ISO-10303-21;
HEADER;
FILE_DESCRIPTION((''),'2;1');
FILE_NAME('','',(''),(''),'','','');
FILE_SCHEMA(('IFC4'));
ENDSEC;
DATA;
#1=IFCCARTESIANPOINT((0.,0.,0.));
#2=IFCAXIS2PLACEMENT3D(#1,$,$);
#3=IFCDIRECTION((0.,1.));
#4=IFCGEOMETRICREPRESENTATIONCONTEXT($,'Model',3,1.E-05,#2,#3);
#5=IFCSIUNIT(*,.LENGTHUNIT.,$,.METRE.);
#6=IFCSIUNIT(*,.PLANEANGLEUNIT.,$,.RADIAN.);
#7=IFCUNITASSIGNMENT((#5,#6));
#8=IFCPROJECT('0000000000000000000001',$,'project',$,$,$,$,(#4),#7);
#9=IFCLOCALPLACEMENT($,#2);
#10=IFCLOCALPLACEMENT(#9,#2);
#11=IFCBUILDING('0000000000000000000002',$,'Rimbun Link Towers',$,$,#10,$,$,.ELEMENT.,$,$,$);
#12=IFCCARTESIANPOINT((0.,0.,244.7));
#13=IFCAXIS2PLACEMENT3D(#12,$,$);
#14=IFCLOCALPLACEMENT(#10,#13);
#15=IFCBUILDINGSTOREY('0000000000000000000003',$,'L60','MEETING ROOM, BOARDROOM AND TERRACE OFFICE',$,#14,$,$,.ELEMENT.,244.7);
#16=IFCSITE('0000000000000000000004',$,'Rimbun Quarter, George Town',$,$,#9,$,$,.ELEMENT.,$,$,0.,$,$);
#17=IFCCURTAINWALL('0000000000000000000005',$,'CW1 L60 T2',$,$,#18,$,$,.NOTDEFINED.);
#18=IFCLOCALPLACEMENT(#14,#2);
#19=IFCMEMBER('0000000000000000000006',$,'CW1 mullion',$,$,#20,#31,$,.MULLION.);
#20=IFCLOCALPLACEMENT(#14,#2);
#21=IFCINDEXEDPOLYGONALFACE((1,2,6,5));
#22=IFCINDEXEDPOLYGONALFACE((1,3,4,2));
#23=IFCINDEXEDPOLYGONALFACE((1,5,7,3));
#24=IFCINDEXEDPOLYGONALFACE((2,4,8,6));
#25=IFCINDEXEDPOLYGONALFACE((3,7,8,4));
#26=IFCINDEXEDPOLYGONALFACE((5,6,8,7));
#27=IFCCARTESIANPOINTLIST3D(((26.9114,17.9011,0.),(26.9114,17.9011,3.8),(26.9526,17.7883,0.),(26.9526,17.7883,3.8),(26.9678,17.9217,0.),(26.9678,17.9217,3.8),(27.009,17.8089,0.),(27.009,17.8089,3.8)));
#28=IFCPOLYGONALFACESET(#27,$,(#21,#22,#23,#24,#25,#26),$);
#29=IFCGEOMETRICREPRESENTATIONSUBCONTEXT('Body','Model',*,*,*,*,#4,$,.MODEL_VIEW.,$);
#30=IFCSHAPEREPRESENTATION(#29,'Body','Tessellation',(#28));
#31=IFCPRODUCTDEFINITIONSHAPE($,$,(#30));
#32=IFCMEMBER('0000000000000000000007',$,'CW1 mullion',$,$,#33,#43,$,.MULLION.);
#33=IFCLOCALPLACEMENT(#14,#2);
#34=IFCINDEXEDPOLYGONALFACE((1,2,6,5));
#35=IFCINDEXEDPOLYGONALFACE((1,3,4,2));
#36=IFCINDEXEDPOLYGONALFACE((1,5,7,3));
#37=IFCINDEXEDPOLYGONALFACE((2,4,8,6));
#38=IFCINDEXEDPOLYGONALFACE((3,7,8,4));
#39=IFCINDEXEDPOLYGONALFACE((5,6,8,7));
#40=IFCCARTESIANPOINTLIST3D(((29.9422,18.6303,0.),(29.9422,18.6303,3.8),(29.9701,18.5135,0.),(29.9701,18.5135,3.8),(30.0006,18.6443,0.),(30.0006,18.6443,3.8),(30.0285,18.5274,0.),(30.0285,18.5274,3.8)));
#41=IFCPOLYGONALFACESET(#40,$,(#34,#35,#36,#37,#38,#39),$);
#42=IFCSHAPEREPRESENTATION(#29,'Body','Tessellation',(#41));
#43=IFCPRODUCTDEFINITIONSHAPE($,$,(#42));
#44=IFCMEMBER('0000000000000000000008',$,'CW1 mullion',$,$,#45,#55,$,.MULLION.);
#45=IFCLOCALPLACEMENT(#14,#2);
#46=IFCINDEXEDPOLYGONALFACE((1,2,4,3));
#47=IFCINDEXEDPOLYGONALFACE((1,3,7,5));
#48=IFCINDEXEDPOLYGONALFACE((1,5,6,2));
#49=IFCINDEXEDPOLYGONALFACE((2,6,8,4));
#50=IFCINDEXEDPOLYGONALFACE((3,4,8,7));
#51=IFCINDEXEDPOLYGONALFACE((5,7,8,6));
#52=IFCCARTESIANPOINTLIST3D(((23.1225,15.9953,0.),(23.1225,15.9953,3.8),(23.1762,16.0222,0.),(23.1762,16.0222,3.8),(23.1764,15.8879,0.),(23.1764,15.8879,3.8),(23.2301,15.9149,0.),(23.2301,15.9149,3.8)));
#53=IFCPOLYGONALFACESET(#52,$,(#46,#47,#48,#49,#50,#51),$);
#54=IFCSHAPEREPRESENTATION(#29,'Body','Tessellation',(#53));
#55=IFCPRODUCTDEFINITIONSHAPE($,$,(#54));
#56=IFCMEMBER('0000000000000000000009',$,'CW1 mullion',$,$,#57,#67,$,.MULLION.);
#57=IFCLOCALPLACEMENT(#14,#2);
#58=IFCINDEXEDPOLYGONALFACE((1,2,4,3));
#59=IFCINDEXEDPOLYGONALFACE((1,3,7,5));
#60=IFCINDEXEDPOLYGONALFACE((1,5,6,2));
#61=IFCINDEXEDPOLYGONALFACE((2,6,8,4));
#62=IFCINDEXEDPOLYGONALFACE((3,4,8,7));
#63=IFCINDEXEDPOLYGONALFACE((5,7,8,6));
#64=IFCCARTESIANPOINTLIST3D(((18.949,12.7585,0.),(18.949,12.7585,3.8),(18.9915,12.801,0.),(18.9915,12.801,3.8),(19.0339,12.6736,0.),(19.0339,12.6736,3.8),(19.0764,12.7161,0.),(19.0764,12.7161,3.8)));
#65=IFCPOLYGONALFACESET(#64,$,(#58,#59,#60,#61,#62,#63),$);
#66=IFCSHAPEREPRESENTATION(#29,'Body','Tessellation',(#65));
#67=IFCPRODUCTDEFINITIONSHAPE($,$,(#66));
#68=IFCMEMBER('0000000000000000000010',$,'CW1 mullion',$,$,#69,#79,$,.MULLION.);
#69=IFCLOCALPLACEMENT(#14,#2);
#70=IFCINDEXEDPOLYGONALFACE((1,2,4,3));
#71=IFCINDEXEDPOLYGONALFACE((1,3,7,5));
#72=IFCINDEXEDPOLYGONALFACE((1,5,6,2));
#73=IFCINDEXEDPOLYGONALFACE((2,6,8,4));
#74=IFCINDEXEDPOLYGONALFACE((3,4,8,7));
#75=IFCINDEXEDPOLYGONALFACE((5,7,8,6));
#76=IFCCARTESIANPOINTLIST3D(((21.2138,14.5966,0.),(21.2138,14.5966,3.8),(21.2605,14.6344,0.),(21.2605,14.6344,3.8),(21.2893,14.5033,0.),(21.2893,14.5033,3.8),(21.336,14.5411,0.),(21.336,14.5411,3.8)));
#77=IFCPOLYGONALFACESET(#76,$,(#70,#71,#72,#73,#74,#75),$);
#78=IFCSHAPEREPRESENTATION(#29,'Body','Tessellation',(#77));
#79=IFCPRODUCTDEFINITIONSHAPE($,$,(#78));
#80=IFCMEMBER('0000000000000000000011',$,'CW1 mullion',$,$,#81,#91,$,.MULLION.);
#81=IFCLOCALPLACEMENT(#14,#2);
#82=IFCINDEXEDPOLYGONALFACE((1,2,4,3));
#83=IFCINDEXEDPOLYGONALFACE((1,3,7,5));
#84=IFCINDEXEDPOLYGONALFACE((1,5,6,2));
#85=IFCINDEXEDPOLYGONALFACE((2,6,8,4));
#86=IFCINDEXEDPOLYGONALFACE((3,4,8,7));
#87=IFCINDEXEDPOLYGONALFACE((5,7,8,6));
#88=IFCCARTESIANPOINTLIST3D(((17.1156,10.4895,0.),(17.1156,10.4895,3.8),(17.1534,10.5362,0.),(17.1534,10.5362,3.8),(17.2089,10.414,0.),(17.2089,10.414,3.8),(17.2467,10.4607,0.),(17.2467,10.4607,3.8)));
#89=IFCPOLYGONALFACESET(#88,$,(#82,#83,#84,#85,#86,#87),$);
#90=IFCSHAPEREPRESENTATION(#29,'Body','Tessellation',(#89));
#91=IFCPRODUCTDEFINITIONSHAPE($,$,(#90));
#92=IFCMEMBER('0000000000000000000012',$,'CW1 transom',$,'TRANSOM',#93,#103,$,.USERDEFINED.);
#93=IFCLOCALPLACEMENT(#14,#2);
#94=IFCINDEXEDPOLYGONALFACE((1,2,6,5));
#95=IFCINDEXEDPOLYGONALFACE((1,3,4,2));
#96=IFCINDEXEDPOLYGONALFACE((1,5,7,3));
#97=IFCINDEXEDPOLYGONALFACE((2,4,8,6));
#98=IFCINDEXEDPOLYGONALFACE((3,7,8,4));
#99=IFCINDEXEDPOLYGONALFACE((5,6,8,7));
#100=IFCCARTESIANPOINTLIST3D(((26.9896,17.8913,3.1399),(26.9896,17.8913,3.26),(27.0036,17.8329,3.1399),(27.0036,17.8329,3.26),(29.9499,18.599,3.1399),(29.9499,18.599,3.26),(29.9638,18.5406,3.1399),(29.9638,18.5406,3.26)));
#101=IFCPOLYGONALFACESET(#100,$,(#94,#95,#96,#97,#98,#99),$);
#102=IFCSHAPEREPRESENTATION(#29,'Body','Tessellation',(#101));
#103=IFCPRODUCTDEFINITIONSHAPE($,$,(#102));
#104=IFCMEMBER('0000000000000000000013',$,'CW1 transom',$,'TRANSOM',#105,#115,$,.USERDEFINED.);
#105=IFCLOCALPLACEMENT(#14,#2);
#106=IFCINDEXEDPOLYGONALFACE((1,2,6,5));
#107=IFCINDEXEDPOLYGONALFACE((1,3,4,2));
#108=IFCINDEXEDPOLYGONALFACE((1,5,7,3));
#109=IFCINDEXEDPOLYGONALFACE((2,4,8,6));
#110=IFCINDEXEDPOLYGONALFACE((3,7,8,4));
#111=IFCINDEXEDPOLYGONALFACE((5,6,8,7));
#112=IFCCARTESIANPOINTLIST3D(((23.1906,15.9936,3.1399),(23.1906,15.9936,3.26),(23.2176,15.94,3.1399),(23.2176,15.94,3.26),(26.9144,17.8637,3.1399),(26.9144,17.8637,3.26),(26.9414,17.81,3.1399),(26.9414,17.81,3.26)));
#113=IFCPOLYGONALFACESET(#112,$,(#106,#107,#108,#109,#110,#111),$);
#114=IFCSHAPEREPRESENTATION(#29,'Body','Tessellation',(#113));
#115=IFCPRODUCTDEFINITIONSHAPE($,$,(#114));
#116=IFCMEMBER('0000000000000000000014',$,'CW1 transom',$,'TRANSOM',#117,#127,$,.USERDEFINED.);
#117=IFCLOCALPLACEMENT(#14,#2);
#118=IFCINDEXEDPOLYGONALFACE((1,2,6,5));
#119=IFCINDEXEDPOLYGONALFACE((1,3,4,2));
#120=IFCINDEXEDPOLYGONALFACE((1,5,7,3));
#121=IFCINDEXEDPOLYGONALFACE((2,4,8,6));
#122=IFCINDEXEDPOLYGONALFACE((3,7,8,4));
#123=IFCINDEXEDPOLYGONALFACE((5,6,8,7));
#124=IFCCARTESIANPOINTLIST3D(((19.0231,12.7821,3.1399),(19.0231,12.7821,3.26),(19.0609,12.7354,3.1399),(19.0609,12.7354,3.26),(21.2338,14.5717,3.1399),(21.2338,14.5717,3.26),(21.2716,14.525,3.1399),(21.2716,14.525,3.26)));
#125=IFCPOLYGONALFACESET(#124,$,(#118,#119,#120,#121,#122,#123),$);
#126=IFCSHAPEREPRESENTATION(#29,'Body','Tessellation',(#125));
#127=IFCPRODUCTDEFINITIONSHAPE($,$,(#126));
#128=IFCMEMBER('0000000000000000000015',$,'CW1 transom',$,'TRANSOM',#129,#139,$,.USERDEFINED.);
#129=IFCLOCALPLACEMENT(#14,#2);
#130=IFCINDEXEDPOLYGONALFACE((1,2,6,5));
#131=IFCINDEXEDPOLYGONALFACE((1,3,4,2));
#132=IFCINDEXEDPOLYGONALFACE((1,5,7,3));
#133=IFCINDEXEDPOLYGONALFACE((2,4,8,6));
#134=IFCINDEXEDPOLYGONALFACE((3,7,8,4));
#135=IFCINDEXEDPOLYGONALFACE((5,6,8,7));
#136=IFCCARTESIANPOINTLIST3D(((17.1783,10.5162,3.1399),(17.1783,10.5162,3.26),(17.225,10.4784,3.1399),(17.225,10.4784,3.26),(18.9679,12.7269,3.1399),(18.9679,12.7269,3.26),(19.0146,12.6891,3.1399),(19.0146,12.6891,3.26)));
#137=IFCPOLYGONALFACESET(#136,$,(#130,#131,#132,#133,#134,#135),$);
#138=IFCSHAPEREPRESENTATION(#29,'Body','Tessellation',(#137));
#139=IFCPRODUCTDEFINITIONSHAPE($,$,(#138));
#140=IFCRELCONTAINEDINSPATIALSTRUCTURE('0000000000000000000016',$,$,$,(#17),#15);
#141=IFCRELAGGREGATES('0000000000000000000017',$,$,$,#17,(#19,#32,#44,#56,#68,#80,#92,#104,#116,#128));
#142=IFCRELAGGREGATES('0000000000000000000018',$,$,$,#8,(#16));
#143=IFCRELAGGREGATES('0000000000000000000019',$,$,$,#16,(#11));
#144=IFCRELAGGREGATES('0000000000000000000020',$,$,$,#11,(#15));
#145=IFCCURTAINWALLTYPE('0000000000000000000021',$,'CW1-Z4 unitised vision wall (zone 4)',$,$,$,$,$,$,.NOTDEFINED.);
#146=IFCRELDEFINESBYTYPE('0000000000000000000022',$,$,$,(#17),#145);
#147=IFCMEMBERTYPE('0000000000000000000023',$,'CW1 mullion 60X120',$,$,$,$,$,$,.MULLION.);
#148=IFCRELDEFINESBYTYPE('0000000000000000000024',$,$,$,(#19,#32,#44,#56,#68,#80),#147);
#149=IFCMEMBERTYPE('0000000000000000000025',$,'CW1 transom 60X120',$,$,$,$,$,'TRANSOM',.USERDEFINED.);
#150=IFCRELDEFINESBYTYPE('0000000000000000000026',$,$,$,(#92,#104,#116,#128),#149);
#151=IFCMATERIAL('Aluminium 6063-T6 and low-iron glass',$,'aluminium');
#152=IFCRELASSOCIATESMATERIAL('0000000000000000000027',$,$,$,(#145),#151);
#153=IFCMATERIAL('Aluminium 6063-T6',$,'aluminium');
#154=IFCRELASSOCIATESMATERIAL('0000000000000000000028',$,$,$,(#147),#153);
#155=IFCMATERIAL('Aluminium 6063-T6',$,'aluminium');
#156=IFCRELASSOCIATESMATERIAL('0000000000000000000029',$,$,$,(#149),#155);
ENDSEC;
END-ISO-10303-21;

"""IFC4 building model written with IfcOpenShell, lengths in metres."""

from ifc_helpers import new_model, si_unit, direction, frame, origin, origin_2d, place, context, subcontext, project, spatial, rectangle, extrude, material, material_profile, profile_set, type_object, element, aggregate, save


model = new_model("IFC4")

# Units and contexts
model_context = context("Model", 3, precision=1e-05, world=origin(), true_north=direction((0.0, 1.0)))
body_context = subcontext(model_context, "Body", "Model", "MODEL_VIEW")
ifc_project = project(units=[si_unit("LENGTHUNIT", "METRE"), si_unit("PLANEANGLEUNIT", "RADIAN")], contexts=[model_context])

# Site, building, storey
site_placement = place(None, origin())
site = spatial("IfcSite", under=ifc_project, at=site_placement, Name="Rimbun Quarter, George Town", CompositionType="ELEMENT", RefElevation=0.0)
building_placement = place(site_placement, origin())
building = spatial("IfcBuilding", under=site, at=building_placement, Name="Rimbun Link Towers", CompositionType="ELEMENT")
storey_placement = place(building_placement, frame((0.0, 0.0, 244.7)))
storey = spatial("IfcBuildingStorey", under=building, at=storey_placement, Name="L60", Description="MEETING ROOM, BOARDROOM AND TERRACE OFFICE", CompositionType="ELEMENT", Elevation=244.7)

# Curtain wall, members
ifc_material_1 = material(Name="Aluminium 6063-T6 and low-iron glass", Category="aluminium")
curtain_wall_type = type_object("IfcCurtainWallType", Name="CW1-Z4 unitised vision wall (zone 4)", PredefinedType="NOTDEFINED", material=ifc_material_1)
curtain_wall_placement = place(storey_placement, origin())
curtain_wall = element("IfcCurtainWall", 1, at=curtain_wall_placement, inside=storey, type_object=curtain_wall_type, Name="CW1 L60 T2", PredefinedType="NOTDEFINED")
ifc_material_2 = material(Name="Aluminium 6063-T6", Category="aluminium")
ifc_material_profile_1 = material_profile(ifc_material_2, rectangle(XDim=0.1201, YDim=0.0601, at=origin_2d()), Name="MULLION 60X120")
ifc_profile_set_1 = profile_set([ifc_material_profile_1], Name="Aluminium 6063-T6")
member_type_1 = type_object("IfcMemberType", Name="CW1 mullion 60X120", PredefinedType="MULLION", material=ifc_profile_set_1)
member_1_placement = place(storey_placement, frame((26.9602, 17.855, 0.0), z_axis=(0.0, 0.0, 1.0), x_axis=(-0.342965, 0.939348, 0.0)))
member_1 = element("IfcMember", 2, at=member_1_placement, type_object=member_type_1, Name="CW1 mullion", PredefinedType="MULLION", context=body_context, shape_type="SweptSolid", body=[
    extrude(rectangle(XDim=0.1201, YDim=0.0601, at=origin_2d()), origin(), (0.0, 0.0, 1.0), 3.8),
])
member_2_placement = place(storey_placement, frame((29.9854, 18.5789, 0.0), z_axis=(0.0, 0.0, 1.0), x_axis=(-0.232605, 0.972571, 0.0)))
member_2 = element("IfcMember", 3, at=member_2_placement, type_object=member_type_1, Name="CW1 mullion", PredefinedType="MULLION", context=body_context, shape_type="SweptSolid", body=[
    extrude(rectangle(XDim=0.1201, YDim=0.0601, at=origin_2d()), origin(), (0.0, 0.0, 1.0), 3.8),
])
member_3_placement = place(storey_placement, frame((23.1763, 15.9551, 0.0), z_axis=(0.0, 0.0, 1.0), x_axis=(-0.44877, 0.893647, 0.0)))
member_3 = element("IfcMember", 4, at=member_3_placement, type_object=member_type_1, Name="CW1 mullion", PredefinedType="MULLION", context=body_context, shape_type="SweptSolid", body=[
    extrude(rectangle(XDim=0.1201, YDim=0.0601, at=origin_2d()), origin(), (0.0, 0.0, 1.0), 3.8),
])
member_4_placement = place(storey_placement, frame((19.0127, 12.7373, 0.0), z_axis=(0.0, 0.0, 1.0), x_axis=(-0.707107, 0.707107, 0.0)))
member_4 = element("IfcMember", 5, at=member_4_placement, type_object=member_type_1, Name="CW1 mullion", PredefinedType="MULLION", context=body_context, shape_type="SweptSolid", body=[
    extrude(rectangle(XDim=0.1201, YDim=0.0601, at=origin_2d()), origin(), (0.0, 0.0, 1.0), 3.8),
])
member_5_placement = place(storey_placement, frame((21.2749, 14.5688, 0.0), z_axis=(0.0, 0.0, 1.0), x_axis=(-0.629159, 0.777277, 0.0)))
member_5 = element("IfcMember", 6, at=member_5_placement, type_object=member_type_1, Name="CW1 mullion", PredefinedType="MULLION", context=body_context, shape_type="SweptSolid", body=[
    extrude(rectangle(XDim=0.1201, YDim=0.0601, at=origin_2d()), origin(), (0.0, 0.0, 1.0), 3.8),
])
member_6_placement = place(storey_placement, frame((17.1812, 10.4751, 0.0), z_axis=(0.0, 0.0, 1.0), x_axis=(-0.777277, 0.629159, 0.0)))
member_6 = element("IfcMember", 7, at=member_6_placement, type_object=member_type_1, Name="CW1 mullion", PredefinedType="MULLION", context=body_context, shape_type="SweptSolid", body=[
    extrude(rectangle(XDim=0.1201, YDim=0.0601, at=origin_2d()), origin(), (0.0, 0.0, 1.0), 3.8),
])
ifc_material_3 = material(Name="Aluminium 6063-T6", Category="aluminium")
ifc_material_profile_2 = material_profile(ifc_material_3, rectangle(XDim=0.0601, YDim=0.1201, at=origin_2d()), Name="TRANSOM 60X120")
ifc_profile_set_2 = profile_set([ifc_material_profile_2], Name="Aluminium 6063-T6")
member_type_2 = type_object("IfcMemberType", Name="CW1 transom 60X120", ElementType="TRANSOM", PredefinedType="USERDEFINED", material=ifc_profile_set_2)
member_7_placement = place(storey_placement, frame((26.9966, 17.8621, 3.2), z_axis=(0.972587, 0.232539, 0.0), x_axis=(-0.232539, 0.972587, 0.0)))
member_7 = element("IfcMember", 8, at=member_7_placement, type_object=member_type_2, Name="CW1 transom", ObjectType="TRANSOM", PredefinedType="USERDEFINED", context=body_context, shape_type="SweptSolid", body=[
    extrude(rectangle(XDim=0.0601, YDim=0.1201, at=origin_2d()), origin(), (0.0, 0.0, 1.0), 3.0437),
])
member_8_placement = place(storey_placement, frame((23.2041, 15.9668, 3.2), z_axis=(0.893641, 0.448783, 0.0), x_axis=(-0.448783, 0.893641, 0.0)))
member_8 = element("IfcMember", 9, at=member_8_placement, type_object=member_type_2, Name="CW1 transom", ObjectType="TRANSOM", PredefinedType="USERDEFINED", context=body_context, shape_type="SweptSolid", body=[
    extrude(rectangle(XDim=0.0601, YDim=0.1201, at=origin_2d()), origin(), (0.0, 0.0, 1.0), 4.167),
])
member_9_placement = place(storey_placement, frame((19.042, 12.7588, 3.2), z_axis=(0.777255, 0.629186, 0.0), x_axis=(-0.629186, 0.777255, 0.0)))
member_9 = element("IfcMember", 10, at=member_9_placement, type_object=member_type_2, Name="CW1 transom", ObjectType="TRANSOM", PredefinedType="USERDEFINED", context=body_context, shape_type="SweptSolid", body=[
    extrude(rectangle(XDim=0.0601, YDim=0.1201, at=origin_2d()), origin(), (0.0, 0.0, 1.0), 2.8442),
])
member_10_placement = place(storey_placement, frame((17.2017, 10.4973, 3.2), z_axis=(0.629186, 0.777255, 0.0), x_axis=(-0.777255, 0.629186, 0.0)))
member_10 = element("IfcMember", 11, at=member_10_placement, type_object=member_type_2, Name="CW1 transom", ObjectType="TRANSOM", PredefinedType="USERDEFINED", context=body_context, shape_type="SweptSolid", body=[
    extrude(rectangle(XDim=0.0601, YDim=0.1201, at=origin_2d()), origin(), (0.0, 0.0, 1.0), 2.8442),
])

aggregate(curtain_wall, [member_1, member_2, member_3, member_4, member_5, member_6, member_7, member_8, member_9, member_10])

save(model, "model.ifc")
